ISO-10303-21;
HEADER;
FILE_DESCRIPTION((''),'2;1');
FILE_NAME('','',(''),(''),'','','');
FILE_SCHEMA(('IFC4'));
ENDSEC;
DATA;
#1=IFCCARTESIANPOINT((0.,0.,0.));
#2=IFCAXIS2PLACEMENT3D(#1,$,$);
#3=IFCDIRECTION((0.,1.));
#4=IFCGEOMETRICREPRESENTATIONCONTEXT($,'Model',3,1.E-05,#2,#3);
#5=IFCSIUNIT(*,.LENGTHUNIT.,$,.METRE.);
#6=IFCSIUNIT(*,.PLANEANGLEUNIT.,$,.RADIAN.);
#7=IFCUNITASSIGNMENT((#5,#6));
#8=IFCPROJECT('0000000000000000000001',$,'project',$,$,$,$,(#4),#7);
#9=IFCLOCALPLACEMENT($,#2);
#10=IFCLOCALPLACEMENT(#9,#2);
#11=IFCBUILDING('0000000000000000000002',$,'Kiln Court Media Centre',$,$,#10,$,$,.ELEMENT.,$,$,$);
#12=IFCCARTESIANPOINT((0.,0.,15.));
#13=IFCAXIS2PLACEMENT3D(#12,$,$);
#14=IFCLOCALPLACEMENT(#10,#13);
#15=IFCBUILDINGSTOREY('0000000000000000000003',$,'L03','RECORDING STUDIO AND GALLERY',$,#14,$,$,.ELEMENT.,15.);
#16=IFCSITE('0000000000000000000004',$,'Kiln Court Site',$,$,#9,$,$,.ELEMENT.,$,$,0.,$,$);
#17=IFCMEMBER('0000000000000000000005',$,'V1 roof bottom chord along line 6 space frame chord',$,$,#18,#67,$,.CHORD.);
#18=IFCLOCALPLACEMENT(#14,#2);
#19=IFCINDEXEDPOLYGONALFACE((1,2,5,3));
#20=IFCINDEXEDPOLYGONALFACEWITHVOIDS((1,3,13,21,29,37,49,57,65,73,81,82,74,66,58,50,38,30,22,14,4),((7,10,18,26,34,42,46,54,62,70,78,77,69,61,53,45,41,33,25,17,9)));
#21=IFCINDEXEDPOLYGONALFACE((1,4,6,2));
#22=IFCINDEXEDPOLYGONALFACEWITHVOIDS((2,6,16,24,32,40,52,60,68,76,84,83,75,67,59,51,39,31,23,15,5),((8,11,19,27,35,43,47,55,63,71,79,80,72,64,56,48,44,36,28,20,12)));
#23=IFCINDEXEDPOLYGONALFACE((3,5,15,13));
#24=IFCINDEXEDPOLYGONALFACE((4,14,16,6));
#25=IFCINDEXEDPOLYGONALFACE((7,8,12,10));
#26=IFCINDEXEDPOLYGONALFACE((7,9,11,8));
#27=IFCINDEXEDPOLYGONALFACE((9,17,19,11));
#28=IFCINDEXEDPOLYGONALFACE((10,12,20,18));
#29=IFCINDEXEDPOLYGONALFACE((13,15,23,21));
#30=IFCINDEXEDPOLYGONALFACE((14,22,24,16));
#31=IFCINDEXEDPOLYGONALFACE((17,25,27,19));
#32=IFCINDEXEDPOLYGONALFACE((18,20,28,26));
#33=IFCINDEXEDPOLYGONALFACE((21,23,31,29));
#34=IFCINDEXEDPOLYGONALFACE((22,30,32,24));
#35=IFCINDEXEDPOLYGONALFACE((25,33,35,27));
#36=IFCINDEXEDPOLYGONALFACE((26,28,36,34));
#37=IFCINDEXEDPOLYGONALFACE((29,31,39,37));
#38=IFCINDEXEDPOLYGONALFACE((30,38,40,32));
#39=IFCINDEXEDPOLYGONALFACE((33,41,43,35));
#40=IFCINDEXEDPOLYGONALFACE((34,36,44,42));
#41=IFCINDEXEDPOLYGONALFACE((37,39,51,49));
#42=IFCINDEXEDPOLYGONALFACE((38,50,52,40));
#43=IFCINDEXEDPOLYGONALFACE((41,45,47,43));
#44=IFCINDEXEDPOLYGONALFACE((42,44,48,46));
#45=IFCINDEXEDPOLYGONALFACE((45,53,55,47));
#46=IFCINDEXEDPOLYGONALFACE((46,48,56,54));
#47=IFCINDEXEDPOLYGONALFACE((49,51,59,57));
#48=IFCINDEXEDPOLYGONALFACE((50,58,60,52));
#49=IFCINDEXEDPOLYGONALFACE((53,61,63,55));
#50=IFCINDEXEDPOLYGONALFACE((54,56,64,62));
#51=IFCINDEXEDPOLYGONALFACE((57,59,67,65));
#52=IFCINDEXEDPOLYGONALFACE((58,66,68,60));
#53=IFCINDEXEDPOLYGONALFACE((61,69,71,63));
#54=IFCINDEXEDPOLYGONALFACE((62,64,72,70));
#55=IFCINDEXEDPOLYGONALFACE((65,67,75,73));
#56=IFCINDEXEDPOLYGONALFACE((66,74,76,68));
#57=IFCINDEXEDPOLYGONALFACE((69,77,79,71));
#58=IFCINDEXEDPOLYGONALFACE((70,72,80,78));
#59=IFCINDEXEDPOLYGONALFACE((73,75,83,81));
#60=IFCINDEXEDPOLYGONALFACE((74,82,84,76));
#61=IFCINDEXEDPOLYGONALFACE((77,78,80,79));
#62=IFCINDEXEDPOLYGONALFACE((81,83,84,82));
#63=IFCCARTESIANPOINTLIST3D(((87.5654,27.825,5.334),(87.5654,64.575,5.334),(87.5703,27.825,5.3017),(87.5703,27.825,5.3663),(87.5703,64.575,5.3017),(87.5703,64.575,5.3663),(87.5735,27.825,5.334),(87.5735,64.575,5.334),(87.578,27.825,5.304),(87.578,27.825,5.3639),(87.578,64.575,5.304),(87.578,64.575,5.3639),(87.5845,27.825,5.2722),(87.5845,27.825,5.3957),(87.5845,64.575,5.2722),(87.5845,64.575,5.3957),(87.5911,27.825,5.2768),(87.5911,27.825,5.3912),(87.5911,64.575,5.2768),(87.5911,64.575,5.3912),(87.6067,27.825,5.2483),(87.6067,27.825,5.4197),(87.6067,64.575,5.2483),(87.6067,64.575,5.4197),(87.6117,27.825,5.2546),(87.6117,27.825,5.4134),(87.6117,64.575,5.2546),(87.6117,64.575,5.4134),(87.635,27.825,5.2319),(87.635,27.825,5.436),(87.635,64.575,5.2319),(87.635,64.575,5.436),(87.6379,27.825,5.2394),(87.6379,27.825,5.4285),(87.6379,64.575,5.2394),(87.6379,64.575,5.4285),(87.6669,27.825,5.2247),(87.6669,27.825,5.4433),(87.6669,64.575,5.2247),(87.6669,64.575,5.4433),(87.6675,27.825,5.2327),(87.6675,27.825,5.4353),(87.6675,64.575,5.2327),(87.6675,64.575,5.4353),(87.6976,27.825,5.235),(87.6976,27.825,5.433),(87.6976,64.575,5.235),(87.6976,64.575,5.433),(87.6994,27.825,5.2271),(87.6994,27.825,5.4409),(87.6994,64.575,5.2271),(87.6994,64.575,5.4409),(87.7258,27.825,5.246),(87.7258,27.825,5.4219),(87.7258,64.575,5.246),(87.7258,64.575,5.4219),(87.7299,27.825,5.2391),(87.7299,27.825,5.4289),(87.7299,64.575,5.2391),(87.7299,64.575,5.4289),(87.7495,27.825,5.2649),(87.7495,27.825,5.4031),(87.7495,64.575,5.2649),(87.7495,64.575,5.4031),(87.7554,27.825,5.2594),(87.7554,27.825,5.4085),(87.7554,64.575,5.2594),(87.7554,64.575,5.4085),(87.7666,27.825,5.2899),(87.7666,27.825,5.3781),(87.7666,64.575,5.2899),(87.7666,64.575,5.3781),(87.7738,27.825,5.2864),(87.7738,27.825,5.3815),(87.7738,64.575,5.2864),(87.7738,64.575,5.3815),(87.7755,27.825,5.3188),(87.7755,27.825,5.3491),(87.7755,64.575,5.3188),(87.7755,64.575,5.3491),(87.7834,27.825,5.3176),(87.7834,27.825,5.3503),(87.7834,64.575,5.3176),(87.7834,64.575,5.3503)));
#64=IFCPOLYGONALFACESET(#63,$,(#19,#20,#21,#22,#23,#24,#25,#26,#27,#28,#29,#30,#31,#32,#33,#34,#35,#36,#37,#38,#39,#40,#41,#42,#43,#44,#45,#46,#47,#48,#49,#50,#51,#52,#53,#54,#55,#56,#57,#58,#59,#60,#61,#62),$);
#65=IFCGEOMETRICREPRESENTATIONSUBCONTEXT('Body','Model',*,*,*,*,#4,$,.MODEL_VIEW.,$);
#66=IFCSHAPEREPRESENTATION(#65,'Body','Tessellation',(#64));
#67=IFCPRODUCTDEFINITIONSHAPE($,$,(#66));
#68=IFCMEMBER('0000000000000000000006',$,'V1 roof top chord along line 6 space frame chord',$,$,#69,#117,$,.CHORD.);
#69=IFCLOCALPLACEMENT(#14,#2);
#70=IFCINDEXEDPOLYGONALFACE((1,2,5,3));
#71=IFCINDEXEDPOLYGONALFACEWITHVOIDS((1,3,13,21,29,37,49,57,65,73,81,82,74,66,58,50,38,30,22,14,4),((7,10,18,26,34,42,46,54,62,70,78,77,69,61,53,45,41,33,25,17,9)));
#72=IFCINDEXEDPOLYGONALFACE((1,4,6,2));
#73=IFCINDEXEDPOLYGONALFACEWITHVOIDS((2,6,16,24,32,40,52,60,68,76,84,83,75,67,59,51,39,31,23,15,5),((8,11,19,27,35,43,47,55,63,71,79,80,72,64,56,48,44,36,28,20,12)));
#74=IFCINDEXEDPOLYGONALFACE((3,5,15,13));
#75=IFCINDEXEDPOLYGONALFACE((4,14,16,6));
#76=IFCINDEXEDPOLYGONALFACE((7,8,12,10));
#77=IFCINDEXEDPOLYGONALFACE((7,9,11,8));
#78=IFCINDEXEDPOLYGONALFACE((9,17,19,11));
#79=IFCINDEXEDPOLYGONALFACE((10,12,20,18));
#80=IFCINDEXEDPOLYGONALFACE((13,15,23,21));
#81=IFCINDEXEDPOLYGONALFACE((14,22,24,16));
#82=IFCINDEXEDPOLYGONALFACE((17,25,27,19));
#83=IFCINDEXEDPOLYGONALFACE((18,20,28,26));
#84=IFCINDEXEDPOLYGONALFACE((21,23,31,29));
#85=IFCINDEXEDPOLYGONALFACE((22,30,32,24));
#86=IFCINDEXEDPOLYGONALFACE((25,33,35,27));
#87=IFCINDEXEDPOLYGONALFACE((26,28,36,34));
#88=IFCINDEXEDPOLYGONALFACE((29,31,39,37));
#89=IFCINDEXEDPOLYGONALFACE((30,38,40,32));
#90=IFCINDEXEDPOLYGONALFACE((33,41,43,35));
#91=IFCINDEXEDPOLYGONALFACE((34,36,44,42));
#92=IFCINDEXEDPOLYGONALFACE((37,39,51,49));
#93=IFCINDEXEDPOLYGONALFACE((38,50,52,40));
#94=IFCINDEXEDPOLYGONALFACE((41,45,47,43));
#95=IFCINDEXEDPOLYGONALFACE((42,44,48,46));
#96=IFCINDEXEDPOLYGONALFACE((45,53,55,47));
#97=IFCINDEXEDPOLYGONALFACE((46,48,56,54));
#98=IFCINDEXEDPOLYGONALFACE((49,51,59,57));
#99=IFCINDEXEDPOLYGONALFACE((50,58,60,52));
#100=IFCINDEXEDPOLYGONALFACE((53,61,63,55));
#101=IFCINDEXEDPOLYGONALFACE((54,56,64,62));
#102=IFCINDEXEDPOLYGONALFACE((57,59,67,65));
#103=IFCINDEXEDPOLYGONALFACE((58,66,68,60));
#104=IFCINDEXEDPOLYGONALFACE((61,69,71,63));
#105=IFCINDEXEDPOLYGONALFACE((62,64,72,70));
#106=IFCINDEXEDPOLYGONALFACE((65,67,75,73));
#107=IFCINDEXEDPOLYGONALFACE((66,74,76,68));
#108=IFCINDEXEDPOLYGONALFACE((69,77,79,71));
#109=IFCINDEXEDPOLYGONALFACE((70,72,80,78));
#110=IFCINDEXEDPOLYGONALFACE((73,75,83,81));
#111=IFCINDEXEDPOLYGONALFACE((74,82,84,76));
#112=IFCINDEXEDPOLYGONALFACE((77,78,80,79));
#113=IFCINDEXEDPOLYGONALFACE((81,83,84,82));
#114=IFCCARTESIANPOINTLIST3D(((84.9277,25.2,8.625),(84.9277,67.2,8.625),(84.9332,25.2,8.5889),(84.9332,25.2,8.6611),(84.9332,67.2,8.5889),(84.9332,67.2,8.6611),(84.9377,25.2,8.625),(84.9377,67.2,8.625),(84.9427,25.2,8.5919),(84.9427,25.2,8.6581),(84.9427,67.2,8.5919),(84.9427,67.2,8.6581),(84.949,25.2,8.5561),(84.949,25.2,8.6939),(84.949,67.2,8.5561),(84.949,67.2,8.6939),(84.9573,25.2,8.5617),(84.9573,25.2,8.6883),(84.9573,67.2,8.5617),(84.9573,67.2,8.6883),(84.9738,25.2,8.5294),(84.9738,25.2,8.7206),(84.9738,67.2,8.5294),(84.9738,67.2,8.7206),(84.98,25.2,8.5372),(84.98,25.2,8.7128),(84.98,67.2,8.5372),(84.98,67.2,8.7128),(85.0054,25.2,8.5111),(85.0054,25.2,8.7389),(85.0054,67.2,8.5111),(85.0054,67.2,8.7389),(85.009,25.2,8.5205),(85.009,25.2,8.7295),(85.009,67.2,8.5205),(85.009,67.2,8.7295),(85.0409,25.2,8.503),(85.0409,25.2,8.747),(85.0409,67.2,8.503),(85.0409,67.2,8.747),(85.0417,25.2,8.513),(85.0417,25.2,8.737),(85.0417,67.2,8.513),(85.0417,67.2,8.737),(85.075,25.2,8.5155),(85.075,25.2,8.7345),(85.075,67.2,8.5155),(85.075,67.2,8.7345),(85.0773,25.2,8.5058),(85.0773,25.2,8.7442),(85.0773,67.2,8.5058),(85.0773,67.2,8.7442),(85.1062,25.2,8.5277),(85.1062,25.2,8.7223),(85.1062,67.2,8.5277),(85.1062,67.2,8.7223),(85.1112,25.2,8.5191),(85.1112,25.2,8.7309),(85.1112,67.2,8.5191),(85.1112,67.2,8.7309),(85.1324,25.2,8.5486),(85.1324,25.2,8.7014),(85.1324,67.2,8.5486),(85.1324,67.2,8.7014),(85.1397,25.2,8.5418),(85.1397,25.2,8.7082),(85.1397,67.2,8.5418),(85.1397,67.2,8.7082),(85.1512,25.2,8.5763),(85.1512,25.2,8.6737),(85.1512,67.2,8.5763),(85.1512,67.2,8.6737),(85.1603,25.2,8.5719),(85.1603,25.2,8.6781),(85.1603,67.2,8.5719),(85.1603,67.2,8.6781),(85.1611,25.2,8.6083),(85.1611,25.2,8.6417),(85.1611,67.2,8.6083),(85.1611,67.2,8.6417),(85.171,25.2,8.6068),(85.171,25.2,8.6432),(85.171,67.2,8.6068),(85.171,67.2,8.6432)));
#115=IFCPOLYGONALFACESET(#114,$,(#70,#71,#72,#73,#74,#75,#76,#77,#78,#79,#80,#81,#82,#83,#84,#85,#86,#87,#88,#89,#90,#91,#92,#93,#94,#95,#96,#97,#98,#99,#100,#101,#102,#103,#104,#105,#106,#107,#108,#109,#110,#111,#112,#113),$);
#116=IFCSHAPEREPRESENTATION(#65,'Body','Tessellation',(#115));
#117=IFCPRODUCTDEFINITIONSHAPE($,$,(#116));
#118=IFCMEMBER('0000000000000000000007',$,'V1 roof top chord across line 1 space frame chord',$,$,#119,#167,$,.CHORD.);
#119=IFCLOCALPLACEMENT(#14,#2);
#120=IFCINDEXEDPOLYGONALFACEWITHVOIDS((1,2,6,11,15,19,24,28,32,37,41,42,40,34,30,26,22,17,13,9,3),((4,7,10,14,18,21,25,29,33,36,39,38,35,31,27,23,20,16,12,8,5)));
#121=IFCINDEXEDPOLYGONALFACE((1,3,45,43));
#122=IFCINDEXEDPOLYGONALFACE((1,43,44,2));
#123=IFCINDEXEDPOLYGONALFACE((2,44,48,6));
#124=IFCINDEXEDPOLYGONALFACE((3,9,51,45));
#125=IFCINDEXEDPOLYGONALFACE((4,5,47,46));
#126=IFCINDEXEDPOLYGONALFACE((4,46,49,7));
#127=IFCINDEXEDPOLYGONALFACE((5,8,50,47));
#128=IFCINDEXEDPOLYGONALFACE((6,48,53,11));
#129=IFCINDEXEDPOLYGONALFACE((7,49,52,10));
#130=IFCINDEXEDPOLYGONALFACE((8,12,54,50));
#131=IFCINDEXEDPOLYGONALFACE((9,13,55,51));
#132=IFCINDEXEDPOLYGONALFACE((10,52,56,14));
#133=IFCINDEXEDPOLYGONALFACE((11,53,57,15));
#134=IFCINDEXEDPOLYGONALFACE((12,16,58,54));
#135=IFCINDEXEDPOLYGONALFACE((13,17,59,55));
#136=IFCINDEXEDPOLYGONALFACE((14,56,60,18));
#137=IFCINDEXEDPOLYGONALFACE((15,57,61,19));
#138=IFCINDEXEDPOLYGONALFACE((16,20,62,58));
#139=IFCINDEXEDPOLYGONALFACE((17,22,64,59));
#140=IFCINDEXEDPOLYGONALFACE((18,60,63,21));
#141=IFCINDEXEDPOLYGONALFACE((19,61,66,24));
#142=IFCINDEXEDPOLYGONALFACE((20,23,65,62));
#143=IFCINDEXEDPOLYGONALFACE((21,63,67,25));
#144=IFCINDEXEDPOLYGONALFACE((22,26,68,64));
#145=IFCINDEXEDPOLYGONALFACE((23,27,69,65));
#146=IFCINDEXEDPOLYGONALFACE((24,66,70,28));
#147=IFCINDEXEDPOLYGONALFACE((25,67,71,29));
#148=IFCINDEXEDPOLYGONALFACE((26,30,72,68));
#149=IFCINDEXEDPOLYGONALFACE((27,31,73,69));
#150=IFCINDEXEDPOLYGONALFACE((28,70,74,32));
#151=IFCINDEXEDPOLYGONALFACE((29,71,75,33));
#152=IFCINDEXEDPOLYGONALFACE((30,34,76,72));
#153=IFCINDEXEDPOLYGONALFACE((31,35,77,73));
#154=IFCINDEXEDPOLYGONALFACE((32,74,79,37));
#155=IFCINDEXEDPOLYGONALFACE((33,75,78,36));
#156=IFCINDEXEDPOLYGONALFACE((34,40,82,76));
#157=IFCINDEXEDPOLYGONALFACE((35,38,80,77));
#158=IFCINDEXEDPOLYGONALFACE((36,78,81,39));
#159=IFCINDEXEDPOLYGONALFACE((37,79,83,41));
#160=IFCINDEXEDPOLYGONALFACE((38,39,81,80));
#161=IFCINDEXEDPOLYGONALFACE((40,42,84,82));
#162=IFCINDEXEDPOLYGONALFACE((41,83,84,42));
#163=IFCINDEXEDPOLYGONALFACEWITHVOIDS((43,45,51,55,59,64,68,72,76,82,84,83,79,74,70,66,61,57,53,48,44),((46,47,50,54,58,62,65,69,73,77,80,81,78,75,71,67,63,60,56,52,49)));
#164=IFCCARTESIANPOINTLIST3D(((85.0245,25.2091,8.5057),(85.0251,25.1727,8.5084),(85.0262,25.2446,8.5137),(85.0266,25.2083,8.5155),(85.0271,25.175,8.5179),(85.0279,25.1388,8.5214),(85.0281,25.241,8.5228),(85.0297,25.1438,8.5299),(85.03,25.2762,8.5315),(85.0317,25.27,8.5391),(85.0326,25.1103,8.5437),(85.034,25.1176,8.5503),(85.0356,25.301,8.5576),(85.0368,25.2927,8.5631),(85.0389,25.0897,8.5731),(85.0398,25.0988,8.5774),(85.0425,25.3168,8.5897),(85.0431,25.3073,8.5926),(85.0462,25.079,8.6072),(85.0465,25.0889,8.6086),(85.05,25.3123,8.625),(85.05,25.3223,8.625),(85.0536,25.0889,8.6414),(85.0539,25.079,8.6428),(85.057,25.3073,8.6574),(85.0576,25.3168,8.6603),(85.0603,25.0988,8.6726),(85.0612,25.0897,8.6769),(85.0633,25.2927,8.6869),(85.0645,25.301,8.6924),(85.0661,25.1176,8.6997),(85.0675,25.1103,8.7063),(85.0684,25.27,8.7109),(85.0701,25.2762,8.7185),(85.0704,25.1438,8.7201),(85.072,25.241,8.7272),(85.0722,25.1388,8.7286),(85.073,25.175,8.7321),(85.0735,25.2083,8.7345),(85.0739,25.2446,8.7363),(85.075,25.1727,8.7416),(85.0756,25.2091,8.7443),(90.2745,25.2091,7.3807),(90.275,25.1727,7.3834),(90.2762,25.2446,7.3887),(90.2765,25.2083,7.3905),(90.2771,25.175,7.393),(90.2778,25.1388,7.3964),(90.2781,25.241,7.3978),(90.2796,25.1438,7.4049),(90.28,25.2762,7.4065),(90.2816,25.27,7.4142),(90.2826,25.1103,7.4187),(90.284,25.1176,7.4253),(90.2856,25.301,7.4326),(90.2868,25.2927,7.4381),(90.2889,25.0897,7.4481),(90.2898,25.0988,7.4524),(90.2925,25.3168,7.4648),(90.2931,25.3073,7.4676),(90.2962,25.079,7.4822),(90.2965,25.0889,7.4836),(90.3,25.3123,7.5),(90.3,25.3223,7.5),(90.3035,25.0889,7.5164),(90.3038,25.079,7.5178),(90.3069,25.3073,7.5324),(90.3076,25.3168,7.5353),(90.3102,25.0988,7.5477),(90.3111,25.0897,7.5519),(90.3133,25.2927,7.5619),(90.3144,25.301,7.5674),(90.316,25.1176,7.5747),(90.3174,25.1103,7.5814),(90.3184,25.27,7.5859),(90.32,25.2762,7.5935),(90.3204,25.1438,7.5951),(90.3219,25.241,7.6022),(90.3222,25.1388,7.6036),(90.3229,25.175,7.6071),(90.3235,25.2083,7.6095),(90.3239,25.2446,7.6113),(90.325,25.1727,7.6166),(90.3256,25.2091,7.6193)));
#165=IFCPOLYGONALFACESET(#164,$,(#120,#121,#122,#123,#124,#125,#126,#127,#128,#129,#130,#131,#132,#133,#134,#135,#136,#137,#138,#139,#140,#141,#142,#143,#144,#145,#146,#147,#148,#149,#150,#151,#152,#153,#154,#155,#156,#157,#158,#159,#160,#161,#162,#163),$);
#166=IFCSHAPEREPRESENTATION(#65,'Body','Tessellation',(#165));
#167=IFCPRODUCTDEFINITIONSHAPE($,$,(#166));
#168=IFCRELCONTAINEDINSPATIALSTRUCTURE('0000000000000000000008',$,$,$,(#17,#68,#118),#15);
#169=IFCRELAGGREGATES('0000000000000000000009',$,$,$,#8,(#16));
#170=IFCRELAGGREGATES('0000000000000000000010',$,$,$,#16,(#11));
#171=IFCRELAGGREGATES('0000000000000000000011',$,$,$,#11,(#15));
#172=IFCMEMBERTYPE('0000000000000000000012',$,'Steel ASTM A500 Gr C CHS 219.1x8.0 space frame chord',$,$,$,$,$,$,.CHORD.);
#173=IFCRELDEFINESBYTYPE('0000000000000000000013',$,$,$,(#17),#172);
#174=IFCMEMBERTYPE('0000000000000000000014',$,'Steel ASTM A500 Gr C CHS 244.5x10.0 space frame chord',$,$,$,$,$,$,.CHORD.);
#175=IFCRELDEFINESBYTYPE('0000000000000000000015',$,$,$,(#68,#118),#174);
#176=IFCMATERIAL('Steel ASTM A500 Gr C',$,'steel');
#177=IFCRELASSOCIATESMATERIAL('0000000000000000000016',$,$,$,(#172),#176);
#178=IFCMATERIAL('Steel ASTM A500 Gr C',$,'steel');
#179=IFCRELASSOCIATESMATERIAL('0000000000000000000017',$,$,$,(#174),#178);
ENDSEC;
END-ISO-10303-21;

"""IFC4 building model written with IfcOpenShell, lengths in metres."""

from ifc_helpers import new_model, si_unit, direction, frame, origin, origin_2d, place, context, subcontext, project, spatial, hollow_circle, extrude, material, material_profile, profile_set, type_object, element, save


model = new_model("IFC4")

# Units and contexts
model_context = context("Model", 3, precision=1e-05, world=origin(), true_north=direction((0.0, 1.0)))
body_context = subcontext(model_context, "Body", "Model", "MODEL_VIEW")
ifc_project = project(units=[si_unit("LENGTHUNIT", "METRE"), si_unit("PLANEANGLEUNIT", "RADIAN")], contexts=[model_context])

# Site, building, storey
site_placement = place(None, origin())
site = spatial("IfcSite", under=ifc_project, at=site_placement, Name="Kiln Court Site", CompositionType="ELEMENT", RefElevation=0.0)
building_placement = place(site_placement, origin())
building = spatial("IfcBuilding", under=site, at=building_placement, Name="Kiln Court Media Centre", CompositionType="ELEMENT")
storey_placement = place(building_placement, frame((0.0, 0.0, 15.0)))
storey = spatial("IfcBuildingStorey", under=building, at=storey_placement, Name="L03", Description="RECORDING STUDIO AND GALLERY", CompositionType="ELEMENT", Elevation=15.0)

# Members
ifc_material_1 = material(Name="Steel ASTM A500 Gr C", Category="steel")
ifc_material_profile_1 = material_profile(ifc_material_1, hollow_circle(Radius=0.1096, WallThickness=0.0081, at=origin_2d()), Name="CHS 219.1x8.0")
ifc_profile_set_1 = profile_set([ifc_material_profile_1], Name="Steel ASTM A500 Gr C")
member_type_1 = type_object("IfcMemberType", Name="Steel ASTM A500 Gr C CHS 219.1x8.0 space frame chord", PredefinedType="CHORD", material=ifc_profile_set_1)
member_1_placement = place(storey_placement, frame((87.675, 27.825, 5.334), z_axis=(0.0, 1.0, 0.0), x_axis=(-1.0, 0.0, 0.0)))
element("IfcMember", 1, at=member_1_placement, inside=storey, type_object=member_type_1, Name="V1 roof bottom chord along line 6 space frame chord", PredefinedType="CHORD", context=body_context, shape_type="SweptSolid", body=[
    extrude(hollow_circle(Radius=0.1096, WallThickness=0.0081, at=origin_2d()), origin(), (0.0, 0.0, 1.0), 36.75),
])
ifc_material_2 = material(Name="Steel ASTM A500 Gr C", Category="steel")
ifc_material_profile_2 = material_profile(ifc_material_2, hollow_circle(Radius=0.1223, WallThickness=0.01, at=origin_2d()), Name="CHS 244.5x10.0")
ifc_profile_set_2 = profile_set([ifc_material_profile_2], Name="Steel ASTM A500 Gr C")
member_type_2 = type_object("IfcMemberType", Name="Steel ASTM A500 Gr C CHS 244.5x10.0 space frame chord", PredefinedType="CHORD", material=ifc_profile_set_2)
member_2_placement = place(storey_placement, frame((85.05, 25.2, 8.625), z_axis=(0.0, 1.0, 0.0), x_axis=(-1.0, 0.0, 0.0)))
element("IfcMember", 2, at=member_2_placement, inside=storey, type_object=member_type_2, Name="V1 roof top chord along line 6 space frame chord", PredefinedType="CHORD", context=body_context, shape_type="SweptSolid", body=[
    extrude(hollow_circle(Radius=0.1223, WallThickness=0.01, at=origin_2d()), origin(), (0.0, 0.0, 1.0), 42.0),
])
member_3_placement = place(storey_placement, frame((85.05, 25.2, 8.625), z_axis=(0.977802, 0.0, -0.209529), x_axis=(0.0, 1.0, 0.0)))
element("IfcMember", 3, at=member_3_placement, inside=storey, type_object=member_type_2, Name="V1 roof top chord across line 1 space frame chord", PredefinedType="CHORD", context=body_context, shape_type="SweptSolid", body=[
    extrude(hollow_circle(Radius=0.1223, WallThickness=0.01, at=origin_2d()), origin(), (0.0, 0.0, 1.0), 5.3691),
])

save(model, "model.ifc")
